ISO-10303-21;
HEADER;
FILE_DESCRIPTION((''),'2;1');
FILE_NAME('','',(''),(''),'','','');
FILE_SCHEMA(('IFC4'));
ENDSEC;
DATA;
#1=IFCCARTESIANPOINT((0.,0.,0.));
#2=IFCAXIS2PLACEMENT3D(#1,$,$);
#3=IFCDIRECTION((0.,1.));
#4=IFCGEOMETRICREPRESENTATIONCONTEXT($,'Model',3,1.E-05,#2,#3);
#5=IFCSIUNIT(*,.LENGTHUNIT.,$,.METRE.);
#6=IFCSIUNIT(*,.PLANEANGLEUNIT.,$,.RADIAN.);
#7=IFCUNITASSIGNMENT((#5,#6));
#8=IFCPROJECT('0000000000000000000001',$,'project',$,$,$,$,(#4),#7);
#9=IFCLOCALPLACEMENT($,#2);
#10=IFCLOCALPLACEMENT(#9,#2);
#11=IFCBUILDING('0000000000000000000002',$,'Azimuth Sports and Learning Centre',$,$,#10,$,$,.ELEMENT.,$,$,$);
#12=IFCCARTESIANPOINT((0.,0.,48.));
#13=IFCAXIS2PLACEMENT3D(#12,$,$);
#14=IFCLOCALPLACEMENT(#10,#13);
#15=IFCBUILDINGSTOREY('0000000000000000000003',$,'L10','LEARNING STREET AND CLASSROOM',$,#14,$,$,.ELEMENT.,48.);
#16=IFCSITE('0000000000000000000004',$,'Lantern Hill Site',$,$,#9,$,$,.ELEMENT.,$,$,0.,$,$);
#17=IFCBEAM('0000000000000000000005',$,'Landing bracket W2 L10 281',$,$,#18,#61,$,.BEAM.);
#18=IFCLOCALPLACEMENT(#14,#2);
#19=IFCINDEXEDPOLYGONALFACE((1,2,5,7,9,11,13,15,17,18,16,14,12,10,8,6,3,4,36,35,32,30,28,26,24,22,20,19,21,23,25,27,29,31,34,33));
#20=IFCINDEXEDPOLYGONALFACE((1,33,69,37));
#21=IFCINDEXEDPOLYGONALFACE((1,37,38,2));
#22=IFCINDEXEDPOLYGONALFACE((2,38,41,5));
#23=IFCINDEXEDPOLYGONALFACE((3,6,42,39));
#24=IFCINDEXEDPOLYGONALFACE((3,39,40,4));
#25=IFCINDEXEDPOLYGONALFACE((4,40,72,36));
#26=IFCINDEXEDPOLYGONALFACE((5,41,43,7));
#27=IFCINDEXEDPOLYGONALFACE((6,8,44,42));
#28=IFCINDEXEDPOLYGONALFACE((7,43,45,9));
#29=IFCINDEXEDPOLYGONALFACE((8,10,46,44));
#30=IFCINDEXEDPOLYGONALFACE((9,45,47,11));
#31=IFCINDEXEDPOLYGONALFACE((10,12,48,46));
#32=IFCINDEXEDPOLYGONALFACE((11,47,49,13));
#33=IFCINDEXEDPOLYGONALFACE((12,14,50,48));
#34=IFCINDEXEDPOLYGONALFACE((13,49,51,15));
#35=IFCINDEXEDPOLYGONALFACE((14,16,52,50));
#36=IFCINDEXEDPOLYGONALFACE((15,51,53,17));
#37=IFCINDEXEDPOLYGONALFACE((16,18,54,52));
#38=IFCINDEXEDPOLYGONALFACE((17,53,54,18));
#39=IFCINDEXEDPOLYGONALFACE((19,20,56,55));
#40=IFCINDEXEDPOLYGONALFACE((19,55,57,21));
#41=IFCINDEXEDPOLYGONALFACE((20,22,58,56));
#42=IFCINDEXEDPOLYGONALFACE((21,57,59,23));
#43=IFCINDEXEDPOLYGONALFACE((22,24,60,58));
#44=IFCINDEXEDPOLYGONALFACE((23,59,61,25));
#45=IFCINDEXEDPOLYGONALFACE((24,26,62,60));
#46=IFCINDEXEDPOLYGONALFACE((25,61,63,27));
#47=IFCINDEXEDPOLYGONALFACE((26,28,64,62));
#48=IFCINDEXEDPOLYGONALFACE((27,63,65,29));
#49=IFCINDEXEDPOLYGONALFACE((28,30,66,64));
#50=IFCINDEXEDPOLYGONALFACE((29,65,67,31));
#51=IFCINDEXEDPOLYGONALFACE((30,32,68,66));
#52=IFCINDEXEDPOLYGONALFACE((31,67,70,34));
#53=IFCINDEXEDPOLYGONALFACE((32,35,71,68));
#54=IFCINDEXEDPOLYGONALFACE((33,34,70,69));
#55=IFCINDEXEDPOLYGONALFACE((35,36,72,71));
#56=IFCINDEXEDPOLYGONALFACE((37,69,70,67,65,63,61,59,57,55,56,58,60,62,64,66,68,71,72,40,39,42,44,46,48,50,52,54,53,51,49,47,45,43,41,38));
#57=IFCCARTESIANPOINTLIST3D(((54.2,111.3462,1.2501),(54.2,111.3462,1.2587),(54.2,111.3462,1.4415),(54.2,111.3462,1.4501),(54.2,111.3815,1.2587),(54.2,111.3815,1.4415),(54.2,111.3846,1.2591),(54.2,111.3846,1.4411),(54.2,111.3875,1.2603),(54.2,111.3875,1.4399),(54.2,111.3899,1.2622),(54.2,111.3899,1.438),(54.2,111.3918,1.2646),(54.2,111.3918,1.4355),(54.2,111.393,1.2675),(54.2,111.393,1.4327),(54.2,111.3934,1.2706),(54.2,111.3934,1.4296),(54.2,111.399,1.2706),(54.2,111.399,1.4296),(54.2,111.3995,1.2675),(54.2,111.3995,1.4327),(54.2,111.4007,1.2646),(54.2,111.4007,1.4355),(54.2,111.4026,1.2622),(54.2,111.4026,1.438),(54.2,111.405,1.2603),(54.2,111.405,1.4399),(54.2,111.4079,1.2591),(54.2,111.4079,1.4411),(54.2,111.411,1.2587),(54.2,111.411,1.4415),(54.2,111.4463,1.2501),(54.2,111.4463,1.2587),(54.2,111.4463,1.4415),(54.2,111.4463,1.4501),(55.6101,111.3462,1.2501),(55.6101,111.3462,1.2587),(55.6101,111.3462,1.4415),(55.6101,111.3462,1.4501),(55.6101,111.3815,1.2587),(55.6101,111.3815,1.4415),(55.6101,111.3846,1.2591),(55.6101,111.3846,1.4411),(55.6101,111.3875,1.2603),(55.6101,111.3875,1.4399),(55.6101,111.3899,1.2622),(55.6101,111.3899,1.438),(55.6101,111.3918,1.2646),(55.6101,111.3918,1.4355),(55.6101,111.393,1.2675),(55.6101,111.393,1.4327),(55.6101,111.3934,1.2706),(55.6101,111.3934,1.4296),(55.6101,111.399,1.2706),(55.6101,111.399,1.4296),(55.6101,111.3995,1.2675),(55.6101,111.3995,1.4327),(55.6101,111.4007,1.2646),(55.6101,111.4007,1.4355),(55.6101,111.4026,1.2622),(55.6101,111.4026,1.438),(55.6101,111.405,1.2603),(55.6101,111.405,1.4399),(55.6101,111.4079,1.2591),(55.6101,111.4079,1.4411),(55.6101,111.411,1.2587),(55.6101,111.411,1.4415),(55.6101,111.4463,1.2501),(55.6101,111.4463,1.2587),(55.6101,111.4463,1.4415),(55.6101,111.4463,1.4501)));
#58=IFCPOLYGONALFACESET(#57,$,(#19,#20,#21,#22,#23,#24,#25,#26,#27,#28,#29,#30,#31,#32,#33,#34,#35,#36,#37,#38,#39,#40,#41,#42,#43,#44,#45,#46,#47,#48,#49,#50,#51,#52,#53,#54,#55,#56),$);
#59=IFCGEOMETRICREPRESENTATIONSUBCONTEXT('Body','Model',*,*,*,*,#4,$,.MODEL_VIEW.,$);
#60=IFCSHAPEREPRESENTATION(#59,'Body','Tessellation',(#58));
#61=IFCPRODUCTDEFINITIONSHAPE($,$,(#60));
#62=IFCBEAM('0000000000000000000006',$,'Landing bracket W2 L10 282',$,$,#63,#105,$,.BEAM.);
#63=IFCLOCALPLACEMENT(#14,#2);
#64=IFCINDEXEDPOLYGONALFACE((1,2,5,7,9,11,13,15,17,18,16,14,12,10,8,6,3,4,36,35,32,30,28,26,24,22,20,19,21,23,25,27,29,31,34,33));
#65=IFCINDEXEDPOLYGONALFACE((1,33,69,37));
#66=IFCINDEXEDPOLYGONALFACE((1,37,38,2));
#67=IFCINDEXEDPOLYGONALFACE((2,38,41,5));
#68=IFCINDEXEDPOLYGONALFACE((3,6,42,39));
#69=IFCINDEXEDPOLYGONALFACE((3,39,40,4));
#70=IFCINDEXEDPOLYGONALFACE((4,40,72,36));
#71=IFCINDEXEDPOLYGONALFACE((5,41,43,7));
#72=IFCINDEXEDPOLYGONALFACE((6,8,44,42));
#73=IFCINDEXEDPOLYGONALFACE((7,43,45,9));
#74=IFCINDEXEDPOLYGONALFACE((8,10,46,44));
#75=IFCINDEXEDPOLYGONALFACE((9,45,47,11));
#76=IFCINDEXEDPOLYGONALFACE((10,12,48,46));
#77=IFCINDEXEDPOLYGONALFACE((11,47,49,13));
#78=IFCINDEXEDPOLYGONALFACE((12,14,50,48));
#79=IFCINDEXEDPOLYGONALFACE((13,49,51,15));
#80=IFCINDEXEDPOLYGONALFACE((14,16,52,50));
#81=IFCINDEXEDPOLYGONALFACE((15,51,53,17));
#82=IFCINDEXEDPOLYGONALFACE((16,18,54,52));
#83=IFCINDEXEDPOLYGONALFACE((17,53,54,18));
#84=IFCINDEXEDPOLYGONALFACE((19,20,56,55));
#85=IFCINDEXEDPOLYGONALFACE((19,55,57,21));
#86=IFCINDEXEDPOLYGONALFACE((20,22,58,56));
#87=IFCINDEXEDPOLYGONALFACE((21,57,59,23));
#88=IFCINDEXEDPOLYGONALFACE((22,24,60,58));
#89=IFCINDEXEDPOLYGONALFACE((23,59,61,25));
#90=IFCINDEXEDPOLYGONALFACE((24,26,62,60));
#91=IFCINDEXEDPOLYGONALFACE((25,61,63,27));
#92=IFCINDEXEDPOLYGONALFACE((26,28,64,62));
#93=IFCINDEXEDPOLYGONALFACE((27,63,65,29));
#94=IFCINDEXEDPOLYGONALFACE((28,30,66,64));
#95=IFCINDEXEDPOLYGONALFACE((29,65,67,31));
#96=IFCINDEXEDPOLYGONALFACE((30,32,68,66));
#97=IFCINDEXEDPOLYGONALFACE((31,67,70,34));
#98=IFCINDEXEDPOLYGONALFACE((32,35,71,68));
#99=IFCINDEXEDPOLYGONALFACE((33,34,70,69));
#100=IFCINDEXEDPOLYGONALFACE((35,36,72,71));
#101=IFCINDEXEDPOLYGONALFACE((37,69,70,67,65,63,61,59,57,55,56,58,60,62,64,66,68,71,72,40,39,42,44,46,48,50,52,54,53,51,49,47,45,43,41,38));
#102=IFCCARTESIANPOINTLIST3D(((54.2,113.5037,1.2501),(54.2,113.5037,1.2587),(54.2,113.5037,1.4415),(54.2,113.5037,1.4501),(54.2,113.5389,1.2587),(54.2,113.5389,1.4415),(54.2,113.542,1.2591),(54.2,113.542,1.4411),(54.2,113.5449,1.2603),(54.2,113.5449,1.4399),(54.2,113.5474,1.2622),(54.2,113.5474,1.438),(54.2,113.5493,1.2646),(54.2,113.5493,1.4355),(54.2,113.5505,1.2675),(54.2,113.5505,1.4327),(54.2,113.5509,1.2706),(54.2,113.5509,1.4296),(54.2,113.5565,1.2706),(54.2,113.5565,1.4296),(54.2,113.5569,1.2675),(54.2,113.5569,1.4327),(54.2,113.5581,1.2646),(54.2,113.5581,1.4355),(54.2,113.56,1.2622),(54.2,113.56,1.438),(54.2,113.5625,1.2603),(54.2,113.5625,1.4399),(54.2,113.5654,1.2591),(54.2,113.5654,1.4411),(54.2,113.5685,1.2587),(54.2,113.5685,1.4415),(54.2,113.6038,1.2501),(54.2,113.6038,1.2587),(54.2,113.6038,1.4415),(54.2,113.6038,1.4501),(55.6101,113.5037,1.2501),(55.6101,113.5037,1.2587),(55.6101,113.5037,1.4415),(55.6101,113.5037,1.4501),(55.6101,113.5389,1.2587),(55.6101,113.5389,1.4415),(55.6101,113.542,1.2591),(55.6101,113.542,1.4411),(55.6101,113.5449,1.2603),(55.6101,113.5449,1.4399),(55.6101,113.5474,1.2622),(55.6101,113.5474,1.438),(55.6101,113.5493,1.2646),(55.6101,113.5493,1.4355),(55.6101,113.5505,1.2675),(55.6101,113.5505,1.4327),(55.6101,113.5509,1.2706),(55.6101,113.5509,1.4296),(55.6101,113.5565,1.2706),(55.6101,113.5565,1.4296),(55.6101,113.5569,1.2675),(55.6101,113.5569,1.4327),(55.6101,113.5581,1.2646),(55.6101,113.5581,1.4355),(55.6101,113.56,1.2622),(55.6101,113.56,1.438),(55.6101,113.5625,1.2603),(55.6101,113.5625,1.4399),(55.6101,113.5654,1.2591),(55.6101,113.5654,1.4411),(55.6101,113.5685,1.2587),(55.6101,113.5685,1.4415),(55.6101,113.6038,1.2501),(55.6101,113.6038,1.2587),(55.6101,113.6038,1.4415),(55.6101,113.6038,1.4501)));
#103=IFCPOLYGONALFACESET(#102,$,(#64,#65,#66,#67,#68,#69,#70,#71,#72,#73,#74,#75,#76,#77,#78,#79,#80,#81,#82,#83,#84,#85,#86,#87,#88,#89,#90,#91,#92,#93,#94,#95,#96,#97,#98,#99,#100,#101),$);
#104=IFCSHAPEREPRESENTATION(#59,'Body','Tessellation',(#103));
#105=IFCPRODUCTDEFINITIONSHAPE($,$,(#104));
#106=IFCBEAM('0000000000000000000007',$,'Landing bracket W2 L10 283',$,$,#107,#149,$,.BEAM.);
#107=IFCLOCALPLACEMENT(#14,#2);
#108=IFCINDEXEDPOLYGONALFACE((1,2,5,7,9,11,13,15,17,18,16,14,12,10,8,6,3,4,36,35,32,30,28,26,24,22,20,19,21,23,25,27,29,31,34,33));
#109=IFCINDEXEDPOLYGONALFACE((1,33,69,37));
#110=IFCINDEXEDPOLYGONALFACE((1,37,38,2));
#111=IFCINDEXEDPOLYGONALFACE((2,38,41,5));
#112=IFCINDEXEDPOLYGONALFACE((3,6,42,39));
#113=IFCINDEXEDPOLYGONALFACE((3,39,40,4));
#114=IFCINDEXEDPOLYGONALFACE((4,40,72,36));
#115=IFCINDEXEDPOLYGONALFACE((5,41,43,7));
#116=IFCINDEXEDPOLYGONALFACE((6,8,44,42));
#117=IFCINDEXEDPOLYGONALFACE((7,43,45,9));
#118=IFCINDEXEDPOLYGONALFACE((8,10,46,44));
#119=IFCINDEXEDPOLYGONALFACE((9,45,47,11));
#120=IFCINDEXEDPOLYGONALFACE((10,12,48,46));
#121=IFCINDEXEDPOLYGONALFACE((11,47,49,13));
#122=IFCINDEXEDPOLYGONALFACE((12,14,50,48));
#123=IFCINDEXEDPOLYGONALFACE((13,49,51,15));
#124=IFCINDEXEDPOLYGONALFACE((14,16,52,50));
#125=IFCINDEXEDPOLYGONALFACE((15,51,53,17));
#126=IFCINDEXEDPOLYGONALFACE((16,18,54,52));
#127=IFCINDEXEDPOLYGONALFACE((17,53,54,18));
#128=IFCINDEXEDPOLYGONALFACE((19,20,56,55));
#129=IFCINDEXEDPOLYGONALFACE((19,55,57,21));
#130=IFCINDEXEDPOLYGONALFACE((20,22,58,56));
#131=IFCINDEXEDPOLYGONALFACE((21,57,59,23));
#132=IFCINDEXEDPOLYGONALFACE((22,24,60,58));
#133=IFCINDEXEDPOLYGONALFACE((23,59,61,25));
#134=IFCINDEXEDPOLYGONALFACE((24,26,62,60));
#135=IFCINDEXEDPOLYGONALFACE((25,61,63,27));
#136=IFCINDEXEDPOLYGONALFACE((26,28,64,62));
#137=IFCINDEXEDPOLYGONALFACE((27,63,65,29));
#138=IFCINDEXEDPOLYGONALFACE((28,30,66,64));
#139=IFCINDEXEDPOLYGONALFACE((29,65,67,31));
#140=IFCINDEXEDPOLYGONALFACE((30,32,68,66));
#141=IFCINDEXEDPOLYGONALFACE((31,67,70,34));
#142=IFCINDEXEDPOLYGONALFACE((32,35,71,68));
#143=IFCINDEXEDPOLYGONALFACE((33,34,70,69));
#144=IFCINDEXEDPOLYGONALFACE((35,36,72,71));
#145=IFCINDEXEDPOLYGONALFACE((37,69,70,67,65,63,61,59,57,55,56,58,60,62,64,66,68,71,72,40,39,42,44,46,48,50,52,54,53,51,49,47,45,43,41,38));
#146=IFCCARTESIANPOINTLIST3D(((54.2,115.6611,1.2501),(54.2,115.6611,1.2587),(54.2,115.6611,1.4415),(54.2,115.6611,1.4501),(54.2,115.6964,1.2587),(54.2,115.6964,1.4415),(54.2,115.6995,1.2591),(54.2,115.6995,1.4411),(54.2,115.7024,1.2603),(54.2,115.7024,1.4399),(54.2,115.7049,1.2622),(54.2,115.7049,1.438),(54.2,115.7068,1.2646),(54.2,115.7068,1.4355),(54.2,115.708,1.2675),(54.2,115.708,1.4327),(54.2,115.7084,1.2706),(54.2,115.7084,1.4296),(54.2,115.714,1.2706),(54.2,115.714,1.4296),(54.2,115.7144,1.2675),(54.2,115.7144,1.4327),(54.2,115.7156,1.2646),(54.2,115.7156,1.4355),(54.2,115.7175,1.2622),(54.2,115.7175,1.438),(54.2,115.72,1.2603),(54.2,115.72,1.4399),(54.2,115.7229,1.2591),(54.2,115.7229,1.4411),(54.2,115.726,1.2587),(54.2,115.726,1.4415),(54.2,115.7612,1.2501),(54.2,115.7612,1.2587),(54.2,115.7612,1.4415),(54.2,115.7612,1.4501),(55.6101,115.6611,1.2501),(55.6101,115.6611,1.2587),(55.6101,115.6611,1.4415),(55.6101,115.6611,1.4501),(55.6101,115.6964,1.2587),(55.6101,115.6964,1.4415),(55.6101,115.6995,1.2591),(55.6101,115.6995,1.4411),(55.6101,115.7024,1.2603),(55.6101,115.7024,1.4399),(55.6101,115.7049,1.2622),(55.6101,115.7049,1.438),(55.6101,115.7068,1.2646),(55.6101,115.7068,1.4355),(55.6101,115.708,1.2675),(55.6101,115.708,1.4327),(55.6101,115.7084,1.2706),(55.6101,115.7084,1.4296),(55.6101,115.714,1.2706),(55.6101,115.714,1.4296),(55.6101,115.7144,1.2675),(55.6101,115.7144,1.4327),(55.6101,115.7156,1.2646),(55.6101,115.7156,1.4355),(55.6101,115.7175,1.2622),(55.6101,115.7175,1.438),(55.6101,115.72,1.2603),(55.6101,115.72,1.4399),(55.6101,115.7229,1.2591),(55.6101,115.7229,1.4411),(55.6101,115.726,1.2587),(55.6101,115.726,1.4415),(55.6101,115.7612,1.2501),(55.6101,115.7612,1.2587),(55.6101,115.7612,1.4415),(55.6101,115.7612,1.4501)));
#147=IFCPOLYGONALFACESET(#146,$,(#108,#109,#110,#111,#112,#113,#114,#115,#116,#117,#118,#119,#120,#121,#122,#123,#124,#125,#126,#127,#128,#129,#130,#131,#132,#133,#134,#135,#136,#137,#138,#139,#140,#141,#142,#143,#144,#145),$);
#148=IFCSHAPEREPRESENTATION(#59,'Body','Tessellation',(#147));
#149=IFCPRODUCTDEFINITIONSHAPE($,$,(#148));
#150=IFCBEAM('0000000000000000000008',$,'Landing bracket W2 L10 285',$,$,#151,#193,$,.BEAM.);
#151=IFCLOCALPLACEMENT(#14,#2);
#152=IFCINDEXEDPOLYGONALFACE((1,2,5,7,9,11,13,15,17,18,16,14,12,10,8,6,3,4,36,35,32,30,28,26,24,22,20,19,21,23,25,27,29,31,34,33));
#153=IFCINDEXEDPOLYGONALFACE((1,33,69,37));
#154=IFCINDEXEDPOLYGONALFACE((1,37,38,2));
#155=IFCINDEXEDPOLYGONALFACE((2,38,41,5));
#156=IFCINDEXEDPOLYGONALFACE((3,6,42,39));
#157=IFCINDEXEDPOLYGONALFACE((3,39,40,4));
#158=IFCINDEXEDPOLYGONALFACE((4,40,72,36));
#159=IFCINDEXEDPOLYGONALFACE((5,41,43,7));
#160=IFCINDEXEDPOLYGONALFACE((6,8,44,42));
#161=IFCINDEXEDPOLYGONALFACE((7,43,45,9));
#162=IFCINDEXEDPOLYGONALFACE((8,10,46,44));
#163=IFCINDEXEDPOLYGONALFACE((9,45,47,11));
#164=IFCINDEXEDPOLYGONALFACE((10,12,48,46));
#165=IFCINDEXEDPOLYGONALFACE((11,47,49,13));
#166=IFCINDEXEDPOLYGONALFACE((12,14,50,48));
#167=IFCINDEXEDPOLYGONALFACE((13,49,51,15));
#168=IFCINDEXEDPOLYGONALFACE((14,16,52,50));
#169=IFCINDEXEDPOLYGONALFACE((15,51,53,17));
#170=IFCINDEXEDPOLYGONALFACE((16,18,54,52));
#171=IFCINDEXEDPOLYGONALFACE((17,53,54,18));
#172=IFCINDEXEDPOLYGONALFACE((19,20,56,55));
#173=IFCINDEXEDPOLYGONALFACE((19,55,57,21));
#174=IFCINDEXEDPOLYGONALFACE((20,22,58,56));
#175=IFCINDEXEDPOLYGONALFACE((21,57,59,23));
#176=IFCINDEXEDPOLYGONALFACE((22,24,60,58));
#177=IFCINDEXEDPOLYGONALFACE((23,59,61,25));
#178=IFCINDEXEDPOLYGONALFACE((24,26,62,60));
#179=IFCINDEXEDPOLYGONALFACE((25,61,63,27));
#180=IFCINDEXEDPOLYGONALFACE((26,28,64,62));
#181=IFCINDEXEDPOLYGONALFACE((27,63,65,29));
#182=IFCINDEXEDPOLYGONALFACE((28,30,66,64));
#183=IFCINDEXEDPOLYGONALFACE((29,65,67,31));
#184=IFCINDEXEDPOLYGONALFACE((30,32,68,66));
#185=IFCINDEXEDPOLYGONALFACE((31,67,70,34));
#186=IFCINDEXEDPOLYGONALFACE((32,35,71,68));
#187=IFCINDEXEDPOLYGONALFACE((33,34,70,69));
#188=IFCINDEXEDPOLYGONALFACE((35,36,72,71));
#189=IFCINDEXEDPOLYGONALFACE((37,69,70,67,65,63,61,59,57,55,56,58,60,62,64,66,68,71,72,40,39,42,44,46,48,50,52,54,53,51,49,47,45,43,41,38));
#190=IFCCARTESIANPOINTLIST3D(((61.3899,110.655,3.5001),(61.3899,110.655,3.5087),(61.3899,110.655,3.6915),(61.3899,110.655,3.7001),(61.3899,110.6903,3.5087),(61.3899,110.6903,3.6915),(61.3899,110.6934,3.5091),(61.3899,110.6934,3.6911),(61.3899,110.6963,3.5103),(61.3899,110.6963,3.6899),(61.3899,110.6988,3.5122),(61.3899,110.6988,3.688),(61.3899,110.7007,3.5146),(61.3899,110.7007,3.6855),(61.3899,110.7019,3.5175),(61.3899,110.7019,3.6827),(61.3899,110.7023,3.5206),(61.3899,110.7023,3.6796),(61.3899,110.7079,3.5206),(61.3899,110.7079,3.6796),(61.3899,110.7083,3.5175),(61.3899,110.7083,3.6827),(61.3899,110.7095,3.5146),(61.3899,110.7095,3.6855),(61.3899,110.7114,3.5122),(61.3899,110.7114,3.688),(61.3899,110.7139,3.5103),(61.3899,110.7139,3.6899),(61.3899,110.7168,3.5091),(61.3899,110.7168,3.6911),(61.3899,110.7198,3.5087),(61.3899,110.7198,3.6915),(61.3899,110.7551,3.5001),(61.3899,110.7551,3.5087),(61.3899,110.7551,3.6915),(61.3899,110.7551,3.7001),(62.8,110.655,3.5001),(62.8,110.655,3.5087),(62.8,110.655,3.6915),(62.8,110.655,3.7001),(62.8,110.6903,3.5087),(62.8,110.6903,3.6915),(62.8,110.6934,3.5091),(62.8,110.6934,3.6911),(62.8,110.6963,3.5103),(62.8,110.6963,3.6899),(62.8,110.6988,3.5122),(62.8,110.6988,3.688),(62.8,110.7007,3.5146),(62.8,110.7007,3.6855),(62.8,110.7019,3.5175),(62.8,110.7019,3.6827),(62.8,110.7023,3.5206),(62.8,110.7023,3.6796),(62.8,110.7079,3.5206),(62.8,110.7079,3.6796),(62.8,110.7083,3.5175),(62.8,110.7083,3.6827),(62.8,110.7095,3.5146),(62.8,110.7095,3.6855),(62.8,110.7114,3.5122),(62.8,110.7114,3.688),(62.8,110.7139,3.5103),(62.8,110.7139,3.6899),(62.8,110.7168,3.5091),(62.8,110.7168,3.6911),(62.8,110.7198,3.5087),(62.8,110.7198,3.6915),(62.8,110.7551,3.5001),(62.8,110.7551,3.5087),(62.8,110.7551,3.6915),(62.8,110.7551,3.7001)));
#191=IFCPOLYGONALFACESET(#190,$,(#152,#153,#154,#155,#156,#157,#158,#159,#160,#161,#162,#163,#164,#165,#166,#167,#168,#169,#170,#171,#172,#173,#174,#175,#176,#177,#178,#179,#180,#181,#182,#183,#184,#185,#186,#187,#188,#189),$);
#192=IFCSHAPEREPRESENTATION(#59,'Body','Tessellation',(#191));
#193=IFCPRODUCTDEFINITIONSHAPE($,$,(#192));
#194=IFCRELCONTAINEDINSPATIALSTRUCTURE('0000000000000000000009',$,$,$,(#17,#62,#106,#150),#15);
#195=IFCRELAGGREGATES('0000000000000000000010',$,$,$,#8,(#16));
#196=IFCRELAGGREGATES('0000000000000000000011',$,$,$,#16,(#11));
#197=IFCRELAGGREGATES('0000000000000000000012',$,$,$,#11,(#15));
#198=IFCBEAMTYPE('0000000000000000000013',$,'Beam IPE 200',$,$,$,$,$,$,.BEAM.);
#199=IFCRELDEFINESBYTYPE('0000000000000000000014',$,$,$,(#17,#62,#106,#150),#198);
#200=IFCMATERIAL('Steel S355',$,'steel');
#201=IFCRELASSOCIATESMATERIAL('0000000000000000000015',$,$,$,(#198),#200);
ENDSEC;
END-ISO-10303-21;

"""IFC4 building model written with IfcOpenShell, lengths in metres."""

from ifc_helpers import new_model, si_unit, direction, frame, origin, origin_2d, place, context, subcontext, project, spatial, i_section, extrude, material, material_profile, profile_set, type_object, element, save


model = new_model("IFC4")

# Units and contexts
model_context = context("Model", 3, precision=1e-05, world=origin(), true_north=direction((0.0, 1.0)))
body_context = subcontext(model_context, "Body", "Model", "MODEL_VIEW")
ifc_project = project(units=[si_unit("LENGTHUNIT", "METRE"), si_unit("PLANEANGLEUNIT", "RADIAN")], contexts=[model_context])

# Site, building, storey
site_placement = place(None, origin())
site = spatial("IfcSite", under=ifc_project, at=site_placement, Name="Lantern Hill Site", CompositionType="ELEMENT", RefElevation=0.0)
building_placement = place(site_placement, origin())
building = spatial("IfcBuilding", under=site, at=building_placement, Name="Azimuth Sports and Learning Centre", CompositionType="ELEMENT")
storey_placement = place(building_placement, frame((0.0, 0.0, 48.0)))
storey = spatial("IfcBuildingStorey", under=building, at=storey_placement, Name="L10", Description="LEARNING STREET AND CLASSROOM", CompositionType="ELEMENT", Elevation=48.0)

# Beams
ifc_material_1 = material(Name="Steel S355", Category="steel")
ifc_material_profile_1 = material_profile(ifc_material_1, i_section(OverallWidth=0.1001, OverallDepth=0.2, WebThickness=0.0056, FlangeThickness=0.0085, FilletRadius=0.012, at=origin_2d()), Name="IPE 200")
ifc_profile_set_1 = profile_set([ifc_material_profile_1], Name="Steel S355")
beam_type_1 = type_object("IfcBeamType", Name="Beam IPE 200", PredefinedType="BEAM", material=ifc_profile_set_1)
for number, where, z_axis, x_axis, name in (
    (1, (54.2, 111.3962, 1.3501), (1.0, 0.0, 0.0), (0.0, 1.0, 0.0), "Landing bracket W2 L10 281"),
    (2, (54.2, 113.5537, 1.3501), (1.0, 0.0, 0.0), (0.0, 1.0, 0.0), "Landing bracket W2 L10 282"),
    (3, (54.2, 115.7112, 1.3501), (1.0, 0.0, 0.0), (0.0, 1.0, 0.0), "Landing bracket W2 L10 283"),
    (4, (62.8, 110.7051, 3.6001), (-1.0, 0.0, 0.0), (0.0, -1.0, 0.0), "Landing bracket W2 L10 285"),
):
    element("IfcBeam", number, at=place(storey_placement, frame(where, z_axis=z_axis, x_axis=x_axis)), inside=storey, type_object=beam_type_1, Name=name, PredefinedType="BEAM", context=body_context, shape_type="SweptSolid", body=[
        extrude(i_section(OverallWidth=0.1001, OverallDepth=0.2, WebThickness=0.0056, FlangeThickness=0.0085, FilletRadius=0.012, at=origin_2d()), origin(), (0.0, 0.0, 1.0), 1.4102),
    ])

save(model, "model.ifc")
